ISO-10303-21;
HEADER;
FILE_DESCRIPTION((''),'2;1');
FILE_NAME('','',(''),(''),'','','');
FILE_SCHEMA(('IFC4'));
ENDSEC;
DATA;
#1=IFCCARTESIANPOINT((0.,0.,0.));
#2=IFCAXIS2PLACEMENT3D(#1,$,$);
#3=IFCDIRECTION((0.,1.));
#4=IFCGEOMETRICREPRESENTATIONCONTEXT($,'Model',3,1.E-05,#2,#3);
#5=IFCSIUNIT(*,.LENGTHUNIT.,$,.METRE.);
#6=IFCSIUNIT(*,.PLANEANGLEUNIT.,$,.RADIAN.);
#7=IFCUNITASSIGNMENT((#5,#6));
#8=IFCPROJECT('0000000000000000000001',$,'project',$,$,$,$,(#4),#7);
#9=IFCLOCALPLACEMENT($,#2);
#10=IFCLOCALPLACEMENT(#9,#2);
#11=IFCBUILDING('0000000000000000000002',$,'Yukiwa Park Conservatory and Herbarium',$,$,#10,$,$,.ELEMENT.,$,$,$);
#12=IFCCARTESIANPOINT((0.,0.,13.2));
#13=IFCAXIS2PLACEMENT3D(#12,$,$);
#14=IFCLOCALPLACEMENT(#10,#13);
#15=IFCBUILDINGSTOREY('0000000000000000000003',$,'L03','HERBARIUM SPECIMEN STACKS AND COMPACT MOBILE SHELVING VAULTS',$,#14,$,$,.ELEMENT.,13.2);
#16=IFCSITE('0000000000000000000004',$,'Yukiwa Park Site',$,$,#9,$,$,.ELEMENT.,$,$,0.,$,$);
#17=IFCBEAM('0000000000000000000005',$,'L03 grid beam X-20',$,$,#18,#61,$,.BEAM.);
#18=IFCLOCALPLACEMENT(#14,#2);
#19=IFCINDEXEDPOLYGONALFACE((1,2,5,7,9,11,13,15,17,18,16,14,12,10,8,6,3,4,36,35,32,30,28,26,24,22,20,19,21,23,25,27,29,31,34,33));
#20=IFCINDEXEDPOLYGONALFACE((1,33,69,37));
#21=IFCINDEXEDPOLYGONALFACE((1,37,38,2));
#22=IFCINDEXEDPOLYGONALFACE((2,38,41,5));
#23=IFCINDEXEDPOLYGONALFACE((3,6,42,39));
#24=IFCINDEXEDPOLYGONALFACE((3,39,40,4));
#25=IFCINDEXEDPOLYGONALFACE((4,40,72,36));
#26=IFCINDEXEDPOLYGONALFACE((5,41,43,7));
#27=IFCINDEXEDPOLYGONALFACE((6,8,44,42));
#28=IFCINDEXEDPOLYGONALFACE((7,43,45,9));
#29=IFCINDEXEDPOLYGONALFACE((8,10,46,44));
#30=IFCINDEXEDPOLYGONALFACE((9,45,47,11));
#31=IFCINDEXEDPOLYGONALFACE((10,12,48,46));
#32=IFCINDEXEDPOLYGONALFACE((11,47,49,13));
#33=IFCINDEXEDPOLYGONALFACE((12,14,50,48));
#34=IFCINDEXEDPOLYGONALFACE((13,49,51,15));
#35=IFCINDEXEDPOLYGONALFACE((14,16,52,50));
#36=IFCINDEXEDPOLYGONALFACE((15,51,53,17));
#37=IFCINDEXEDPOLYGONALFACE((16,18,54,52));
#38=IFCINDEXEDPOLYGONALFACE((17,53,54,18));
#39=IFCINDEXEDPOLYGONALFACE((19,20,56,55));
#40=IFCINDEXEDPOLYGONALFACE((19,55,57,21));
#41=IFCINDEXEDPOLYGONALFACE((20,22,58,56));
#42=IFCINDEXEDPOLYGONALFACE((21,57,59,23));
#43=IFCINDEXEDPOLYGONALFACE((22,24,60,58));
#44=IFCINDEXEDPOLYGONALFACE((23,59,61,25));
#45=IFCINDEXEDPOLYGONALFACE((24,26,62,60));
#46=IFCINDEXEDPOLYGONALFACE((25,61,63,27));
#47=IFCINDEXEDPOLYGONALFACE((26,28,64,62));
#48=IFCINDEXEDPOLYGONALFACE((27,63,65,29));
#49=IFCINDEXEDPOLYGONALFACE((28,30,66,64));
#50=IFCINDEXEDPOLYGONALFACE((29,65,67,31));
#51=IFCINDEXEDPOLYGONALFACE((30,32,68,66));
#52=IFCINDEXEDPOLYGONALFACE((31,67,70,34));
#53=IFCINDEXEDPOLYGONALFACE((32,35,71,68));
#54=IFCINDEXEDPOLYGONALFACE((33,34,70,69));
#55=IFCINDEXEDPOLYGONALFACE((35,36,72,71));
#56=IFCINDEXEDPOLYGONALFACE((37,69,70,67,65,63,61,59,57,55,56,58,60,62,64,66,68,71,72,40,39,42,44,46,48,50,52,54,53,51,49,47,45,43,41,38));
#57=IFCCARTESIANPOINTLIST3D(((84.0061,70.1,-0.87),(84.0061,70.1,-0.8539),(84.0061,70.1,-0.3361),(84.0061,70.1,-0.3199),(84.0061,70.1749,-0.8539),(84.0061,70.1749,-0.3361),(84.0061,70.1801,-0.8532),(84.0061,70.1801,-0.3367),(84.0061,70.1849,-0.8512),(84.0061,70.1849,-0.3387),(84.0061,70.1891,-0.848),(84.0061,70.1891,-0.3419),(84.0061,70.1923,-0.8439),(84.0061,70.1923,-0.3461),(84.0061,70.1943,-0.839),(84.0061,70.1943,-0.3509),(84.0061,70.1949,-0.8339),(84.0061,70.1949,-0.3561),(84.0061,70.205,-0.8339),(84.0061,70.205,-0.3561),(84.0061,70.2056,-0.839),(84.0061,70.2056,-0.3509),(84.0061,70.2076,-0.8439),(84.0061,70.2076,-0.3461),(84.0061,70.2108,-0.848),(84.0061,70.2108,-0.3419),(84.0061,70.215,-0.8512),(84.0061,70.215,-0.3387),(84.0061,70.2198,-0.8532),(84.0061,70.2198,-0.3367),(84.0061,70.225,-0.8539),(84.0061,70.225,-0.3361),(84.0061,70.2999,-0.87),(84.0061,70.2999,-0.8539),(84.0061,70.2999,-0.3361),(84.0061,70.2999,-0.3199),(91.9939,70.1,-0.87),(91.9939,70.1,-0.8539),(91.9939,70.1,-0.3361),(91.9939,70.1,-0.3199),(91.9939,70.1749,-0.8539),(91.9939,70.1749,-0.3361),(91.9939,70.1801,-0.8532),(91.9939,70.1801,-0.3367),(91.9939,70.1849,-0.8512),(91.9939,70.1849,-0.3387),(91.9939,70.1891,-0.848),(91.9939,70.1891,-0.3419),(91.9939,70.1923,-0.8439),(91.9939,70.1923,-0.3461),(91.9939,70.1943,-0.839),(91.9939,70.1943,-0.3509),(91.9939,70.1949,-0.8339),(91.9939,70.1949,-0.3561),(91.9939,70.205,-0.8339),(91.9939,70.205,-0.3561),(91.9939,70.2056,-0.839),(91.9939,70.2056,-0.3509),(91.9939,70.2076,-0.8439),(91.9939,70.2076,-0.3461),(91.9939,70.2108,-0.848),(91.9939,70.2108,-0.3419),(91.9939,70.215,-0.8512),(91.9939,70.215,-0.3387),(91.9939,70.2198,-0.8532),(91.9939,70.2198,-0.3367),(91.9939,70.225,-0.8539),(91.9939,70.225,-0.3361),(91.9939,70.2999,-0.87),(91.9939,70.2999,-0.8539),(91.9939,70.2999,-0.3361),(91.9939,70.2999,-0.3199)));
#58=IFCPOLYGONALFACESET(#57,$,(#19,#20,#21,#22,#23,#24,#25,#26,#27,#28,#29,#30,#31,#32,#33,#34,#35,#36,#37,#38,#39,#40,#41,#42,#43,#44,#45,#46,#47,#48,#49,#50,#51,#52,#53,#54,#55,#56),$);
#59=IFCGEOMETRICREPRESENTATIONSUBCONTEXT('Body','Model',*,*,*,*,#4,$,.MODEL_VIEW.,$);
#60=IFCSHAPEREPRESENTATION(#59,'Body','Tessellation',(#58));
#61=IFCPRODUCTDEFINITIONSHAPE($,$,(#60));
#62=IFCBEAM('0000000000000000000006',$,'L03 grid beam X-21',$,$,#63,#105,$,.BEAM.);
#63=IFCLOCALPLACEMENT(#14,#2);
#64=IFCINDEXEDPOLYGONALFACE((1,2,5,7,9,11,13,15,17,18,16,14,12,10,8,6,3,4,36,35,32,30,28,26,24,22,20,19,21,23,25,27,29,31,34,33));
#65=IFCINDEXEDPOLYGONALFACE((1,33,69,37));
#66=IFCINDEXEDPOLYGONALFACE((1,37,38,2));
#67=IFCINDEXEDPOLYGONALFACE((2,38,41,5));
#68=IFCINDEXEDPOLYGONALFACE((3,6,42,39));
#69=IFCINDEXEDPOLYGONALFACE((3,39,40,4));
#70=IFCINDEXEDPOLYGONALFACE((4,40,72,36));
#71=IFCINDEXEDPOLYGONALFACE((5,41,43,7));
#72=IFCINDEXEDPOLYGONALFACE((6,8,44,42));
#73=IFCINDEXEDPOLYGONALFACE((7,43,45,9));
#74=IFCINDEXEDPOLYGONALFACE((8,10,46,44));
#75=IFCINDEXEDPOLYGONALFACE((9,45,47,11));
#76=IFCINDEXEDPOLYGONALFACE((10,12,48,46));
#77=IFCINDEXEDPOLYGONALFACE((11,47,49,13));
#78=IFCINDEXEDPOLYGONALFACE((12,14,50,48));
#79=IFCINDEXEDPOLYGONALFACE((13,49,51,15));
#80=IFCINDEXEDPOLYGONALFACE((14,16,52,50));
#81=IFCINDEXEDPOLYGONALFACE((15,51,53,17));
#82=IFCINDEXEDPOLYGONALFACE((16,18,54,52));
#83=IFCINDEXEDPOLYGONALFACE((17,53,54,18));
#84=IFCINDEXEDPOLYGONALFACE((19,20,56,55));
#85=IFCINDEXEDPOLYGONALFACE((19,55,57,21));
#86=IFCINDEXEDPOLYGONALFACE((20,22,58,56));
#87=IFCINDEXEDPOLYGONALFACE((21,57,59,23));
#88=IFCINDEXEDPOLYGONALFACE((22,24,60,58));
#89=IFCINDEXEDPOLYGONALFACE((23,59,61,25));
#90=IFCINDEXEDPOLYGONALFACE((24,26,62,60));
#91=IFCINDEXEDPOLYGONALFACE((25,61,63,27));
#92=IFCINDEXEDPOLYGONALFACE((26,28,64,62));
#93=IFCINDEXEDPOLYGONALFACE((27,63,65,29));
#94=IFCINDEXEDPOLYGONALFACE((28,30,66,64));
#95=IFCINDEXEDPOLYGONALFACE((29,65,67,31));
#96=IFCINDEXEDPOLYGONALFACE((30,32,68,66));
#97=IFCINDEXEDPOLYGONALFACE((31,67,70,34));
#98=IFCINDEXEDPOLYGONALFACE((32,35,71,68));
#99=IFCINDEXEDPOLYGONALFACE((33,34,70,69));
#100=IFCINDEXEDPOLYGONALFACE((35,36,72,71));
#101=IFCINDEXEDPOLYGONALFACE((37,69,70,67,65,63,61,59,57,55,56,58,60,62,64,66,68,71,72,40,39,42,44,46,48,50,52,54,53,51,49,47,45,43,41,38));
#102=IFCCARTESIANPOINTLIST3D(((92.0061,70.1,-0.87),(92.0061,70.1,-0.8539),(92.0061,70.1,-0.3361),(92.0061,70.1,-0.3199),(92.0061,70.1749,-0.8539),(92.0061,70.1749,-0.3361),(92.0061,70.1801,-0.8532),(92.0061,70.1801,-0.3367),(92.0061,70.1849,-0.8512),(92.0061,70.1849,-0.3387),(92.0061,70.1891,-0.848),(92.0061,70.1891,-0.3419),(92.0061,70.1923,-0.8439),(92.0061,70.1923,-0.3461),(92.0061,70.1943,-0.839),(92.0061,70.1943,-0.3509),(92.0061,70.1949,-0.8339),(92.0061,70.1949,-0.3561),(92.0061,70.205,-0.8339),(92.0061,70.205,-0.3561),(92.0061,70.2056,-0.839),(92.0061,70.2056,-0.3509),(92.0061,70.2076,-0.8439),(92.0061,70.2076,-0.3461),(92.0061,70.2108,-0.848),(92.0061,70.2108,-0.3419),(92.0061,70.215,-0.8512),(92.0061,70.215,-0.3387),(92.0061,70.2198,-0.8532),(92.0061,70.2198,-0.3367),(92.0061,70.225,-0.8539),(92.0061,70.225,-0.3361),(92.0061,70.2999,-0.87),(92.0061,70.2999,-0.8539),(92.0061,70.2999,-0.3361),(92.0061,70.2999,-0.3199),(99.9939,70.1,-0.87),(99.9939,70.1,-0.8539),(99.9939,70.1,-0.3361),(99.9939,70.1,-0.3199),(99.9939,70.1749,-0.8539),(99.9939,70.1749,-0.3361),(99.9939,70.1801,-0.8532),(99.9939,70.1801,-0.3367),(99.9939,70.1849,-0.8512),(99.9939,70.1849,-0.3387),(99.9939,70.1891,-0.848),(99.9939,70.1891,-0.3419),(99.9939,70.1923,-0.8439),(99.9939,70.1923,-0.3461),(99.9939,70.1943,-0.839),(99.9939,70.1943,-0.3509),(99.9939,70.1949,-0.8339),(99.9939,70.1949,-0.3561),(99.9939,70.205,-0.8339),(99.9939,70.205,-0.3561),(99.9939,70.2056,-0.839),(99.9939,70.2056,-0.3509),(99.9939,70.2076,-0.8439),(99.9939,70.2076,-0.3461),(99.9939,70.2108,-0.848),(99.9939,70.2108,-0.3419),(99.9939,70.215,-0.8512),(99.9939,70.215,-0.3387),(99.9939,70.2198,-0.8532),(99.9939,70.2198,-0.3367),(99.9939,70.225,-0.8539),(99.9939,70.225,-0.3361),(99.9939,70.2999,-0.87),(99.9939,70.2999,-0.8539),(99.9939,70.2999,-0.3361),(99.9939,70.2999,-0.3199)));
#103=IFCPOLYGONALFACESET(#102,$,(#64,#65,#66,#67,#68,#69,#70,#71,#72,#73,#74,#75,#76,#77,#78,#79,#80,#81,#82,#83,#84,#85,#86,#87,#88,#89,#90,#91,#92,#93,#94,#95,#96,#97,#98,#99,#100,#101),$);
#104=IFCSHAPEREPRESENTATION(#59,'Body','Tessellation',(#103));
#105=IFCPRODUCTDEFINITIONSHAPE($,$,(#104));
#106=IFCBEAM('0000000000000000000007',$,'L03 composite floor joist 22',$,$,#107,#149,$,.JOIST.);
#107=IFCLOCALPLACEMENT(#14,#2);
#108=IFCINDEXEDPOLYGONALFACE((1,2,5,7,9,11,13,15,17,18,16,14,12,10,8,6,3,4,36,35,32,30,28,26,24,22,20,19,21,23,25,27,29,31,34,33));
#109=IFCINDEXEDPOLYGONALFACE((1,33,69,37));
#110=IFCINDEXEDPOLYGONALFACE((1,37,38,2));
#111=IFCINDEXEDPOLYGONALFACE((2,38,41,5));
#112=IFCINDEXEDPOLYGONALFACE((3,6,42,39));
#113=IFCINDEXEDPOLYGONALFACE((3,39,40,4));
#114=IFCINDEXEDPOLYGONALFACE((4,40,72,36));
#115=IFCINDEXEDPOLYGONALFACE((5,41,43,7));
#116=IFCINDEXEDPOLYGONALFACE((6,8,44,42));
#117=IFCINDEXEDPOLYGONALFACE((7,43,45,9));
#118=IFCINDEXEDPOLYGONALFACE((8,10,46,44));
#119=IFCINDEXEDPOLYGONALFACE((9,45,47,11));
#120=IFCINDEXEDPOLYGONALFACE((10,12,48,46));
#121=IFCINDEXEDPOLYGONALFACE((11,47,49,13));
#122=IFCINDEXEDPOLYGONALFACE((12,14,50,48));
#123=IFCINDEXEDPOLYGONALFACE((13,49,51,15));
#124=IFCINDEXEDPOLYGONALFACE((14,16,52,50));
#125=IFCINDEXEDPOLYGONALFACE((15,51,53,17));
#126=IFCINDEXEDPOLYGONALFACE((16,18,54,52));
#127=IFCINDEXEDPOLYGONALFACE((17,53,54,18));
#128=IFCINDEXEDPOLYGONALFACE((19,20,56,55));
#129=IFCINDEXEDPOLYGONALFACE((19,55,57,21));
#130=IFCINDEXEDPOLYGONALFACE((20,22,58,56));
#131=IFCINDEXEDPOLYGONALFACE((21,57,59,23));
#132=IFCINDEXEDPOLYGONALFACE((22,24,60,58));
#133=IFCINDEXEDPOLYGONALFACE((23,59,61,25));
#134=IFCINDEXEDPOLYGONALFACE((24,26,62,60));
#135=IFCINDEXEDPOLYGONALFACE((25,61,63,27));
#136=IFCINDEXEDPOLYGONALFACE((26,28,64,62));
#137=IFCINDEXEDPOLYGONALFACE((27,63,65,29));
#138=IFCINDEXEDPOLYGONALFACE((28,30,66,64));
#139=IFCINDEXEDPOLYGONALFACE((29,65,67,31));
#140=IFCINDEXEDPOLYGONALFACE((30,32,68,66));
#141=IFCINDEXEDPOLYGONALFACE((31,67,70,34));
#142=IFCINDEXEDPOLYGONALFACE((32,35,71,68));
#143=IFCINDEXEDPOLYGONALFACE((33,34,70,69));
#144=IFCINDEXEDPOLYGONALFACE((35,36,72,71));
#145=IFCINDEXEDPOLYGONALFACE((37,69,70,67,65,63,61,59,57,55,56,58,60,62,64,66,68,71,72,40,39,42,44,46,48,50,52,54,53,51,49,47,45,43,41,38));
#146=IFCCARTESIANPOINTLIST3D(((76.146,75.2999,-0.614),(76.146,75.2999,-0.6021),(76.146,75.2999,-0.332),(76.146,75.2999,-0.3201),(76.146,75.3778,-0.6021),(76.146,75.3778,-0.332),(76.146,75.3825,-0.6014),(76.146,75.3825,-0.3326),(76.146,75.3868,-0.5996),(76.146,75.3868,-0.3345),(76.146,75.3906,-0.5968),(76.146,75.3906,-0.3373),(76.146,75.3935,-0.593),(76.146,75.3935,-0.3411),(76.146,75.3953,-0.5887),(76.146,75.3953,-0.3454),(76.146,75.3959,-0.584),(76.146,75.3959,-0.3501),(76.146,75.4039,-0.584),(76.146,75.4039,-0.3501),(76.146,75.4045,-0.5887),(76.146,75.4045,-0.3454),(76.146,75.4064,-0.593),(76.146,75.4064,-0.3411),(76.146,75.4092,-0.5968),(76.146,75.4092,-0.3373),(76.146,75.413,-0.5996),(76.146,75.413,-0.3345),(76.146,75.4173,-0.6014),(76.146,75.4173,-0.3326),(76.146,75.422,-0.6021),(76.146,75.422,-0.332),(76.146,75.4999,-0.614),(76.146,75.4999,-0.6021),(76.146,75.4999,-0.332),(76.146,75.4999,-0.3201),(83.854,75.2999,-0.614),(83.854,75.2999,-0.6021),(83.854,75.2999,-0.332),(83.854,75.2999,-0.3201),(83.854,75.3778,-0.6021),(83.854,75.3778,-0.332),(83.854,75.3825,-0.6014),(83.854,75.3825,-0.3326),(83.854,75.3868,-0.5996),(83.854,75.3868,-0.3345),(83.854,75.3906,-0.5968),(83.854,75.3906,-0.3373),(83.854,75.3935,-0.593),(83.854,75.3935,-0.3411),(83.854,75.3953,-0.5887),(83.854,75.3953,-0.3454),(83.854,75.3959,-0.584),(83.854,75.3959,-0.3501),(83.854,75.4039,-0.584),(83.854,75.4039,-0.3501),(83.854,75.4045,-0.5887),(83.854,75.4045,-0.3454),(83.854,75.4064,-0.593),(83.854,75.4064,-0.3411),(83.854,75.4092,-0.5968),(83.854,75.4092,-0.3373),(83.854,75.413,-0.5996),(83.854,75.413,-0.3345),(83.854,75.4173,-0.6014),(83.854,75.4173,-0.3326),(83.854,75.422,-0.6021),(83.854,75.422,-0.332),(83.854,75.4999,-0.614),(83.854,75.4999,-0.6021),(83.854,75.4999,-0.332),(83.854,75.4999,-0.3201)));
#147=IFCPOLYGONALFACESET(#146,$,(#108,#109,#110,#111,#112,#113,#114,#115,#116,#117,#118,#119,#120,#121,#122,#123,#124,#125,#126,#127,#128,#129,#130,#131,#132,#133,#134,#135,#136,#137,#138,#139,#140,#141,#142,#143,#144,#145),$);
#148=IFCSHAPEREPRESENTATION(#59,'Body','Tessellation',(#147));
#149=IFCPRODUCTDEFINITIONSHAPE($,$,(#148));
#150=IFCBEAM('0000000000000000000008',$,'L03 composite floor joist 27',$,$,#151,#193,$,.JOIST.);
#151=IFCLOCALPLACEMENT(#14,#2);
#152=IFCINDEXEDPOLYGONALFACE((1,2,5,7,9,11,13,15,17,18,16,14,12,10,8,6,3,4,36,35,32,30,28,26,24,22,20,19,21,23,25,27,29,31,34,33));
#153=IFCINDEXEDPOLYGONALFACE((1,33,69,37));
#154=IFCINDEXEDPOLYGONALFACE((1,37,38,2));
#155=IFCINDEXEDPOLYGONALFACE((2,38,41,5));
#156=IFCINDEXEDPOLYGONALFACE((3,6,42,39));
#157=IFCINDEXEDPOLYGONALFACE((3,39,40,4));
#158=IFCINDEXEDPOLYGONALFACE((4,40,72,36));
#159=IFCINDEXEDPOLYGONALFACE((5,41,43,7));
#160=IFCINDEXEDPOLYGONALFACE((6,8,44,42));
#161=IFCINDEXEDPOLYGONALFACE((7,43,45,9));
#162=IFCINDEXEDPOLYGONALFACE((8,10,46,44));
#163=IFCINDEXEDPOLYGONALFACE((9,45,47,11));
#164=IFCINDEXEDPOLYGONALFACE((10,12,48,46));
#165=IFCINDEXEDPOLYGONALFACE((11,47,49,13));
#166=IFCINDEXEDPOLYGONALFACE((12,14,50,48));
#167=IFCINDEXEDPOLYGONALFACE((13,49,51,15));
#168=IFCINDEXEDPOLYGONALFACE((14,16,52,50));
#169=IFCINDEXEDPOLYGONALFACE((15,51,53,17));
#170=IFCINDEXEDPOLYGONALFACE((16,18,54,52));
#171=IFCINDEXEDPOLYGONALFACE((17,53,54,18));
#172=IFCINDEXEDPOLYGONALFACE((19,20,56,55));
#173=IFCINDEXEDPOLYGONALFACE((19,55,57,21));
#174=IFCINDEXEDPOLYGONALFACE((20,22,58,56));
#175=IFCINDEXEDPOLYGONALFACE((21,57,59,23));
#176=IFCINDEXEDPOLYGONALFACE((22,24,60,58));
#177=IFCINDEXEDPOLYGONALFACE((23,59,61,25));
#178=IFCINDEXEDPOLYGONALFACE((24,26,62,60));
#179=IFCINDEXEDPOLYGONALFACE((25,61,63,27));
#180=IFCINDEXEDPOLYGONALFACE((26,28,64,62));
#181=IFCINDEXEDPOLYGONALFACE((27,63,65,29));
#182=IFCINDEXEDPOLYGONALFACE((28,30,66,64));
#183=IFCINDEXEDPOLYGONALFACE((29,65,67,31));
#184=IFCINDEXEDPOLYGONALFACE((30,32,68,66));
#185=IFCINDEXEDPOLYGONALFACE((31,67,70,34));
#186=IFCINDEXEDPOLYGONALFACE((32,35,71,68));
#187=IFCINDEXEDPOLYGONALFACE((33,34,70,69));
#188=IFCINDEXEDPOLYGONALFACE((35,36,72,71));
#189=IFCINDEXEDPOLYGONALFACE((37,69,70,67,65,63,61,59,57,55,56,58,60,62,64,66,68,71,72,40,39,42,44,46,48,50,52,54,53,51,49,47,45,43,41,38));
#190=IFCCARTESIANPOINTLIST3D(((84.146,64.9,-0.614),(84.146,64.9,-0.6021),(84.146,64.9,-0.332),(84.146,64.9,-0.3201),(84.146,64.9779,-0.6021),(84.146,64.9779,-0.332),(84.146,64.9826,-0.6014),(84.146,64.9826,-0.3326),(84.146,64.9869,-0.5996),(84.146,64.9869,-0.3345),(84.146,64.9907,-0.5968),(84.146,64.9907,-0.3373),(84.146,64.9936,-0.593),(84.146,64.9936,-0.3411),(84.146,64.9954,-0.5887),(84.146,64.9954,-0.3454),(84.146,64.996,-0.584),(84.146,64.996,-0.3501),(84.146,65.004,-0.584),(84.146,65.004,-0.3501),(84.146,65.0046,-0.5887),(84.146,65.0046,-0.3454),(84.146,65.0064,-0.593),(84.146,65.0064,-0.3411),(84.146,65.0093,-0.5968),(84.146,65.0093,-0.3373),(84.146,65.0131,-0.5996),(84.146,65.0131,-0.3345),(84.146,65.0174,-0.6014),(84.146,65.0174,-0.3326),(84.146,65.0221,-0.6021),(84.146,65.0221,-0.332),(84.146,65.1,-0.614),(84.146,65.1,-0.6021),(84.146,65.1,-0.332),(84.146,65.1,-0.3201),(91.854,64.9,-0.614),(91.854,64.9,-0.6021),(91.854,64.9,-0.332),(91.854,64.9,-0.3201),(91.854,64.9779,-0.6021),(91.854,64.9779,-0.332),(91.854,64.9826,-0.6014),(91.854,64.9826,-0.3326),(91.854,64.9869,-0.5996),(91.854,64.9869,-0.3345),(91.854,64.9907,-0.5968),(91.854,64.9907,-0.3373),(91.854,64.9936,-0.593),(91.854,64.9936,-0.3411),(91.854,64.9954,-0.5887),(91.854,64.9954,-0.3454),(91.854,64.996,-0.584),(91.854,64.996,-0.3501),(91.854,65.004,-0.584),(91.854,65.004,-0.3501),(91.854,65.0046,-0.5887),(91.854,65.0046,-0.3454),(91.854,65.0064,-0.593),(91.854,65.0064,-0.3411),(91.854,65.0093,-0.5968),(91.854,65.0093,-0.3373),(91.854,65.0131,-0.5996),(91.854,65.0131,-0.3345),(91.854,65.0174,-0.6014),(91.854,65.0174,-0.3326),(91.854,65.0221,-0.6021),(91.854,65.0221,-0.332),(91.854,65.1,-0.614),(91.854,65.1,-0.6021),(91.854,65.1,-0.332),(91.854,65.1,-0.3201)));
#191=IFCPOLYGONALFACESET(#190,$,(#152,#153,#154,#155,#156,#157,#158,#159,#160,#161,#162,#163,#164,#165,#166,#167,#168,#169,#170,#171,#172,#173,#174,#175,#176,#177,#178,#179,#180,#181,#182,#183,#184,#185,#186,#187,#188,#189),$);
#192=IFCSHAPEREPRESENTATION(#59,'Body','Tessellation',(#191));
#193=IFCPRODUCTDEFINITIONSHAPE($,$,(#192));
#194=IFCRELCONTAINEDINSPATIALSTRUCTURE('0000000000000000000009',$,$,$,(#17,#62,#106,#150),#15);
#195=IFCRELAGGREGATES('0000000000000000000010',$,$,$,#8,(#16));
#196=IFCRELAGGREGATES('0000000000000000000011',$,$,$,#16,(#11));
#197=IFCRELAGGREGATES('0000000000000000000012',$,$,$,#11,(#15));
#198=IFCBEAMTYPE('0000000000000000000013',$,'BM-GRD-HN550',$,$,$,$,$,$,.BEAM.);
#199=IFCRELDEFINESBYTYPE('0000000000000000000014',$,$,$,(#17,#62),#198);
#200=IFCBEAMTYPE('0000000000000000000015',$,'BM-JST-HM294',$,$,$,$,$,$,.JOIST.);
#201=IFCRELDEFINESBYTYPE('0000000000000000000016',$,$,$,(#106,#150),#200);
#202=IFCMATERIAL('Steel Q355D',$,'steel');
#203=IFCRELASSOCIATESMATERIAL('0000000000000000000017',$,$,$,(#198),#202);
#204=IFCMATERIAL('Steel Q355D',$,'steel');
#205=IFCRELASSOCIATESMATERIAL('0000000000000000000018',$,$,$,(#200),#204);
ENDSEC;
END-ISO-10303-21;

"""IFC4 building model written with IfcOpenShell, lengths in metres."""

from ifc_helpers import new_model, si_unit, direction, frame, origin, origin_2d, place, context, subcontext, project, spatial, i_section, extrude, material, material_profile, profile_set, type_object, element, save


model = new_model("IFC4")

# Units and contexts
model_context = context("Model", 3, precision=1e-05, world=origin(), true_north=direction((0.0, 1.0)))
body_context = subcontext(model_context, "Body", "Model", "MODEL_VIEW")
ifc_project = project(units=[si_unit("LENGTHUNIT", "METRE"), si_unit("PLANEANGLEUNIT", "RADIAN")], contexts=[model_context])

# Site, building, storey
site_placement = place(None, origin())
site = spatial("IfcSite", under=ifc_project, at=site_placement, Name="Yukiwa Park Site", CompositionType="ELEMENT", RefElevation=0.0)
building_placement = place(site_placement, origin())
building = spatial("IfcBuilding", under=site, at=building_placement, Name="Yukiwa Park Conservatory and Herbarium", CompositionType="ELEMENT")
storey_placement = place(building_placement, frame((0.0, 0.0, 13.2)))
storey = spatial("IfcBuildingStorey", under=building, at=storey_placement, Name="L03", Description="HERBARIUM SPECIMEN STACKS AND COMPACT MOBILE SHELVING VAULTS", CompositionType="ELEMENT", Elevation=13.2)

# Beams
ifc_material_1 = material(Name="Steel Q355D", Category="steel")
ifc_material_profile_1 = material_profile(ifc_material_1, i_section(OverallWidth=0.2, OverallDepth=0.55, WebThickness=0.01, FlangeThickness=0.0161, FilletRadius=0.02, at=origin_2d()), Name="HN 550x200x10x16")
ifc_profile_set_1 = profile_set([ifc_material_profile_1], Name="Steel Q355D")
beam_type_1 = type_object("IfcBeamType", Name="BM-GRD-HN550", PredefinedType="BEAM", material=ifc_profile_set_1)
for number, where, z_axis, x_axis, name in (
    (1, (84.0061, 70.2, -0.595), (1.0, 0.0, 0.0), (0.0, 1.0, 0.0), "L03 grid beam X-20"),
    (2, (92.0061, 70.2, -0.595), (1.0, 0.0, 0.0), (0.0, 1.0, 0.0), "L03 grid beam X-21"),
):
    element("IfcBeam", number, at=place(storey_placement, frame(where, z_axis=z_axis, x_axis=x_axis)), inside=storey, type_object=beam_type_1, Name=name, PredefinedType="BEAM", context=body_context, shape_type="SweptSolid", body=[
        extrude(i_section(OverallWidth=0.2, OverallDepth=0.55, WebThickness=0.01, FlangeThickness=0.0161, FilletRadius=0.02, at=origin_2d()), origin(), (0.0, 0.0, 1.0), 7.9878),
    ])
ifc_material_2 = material(Name="Steel Q355D", Category="steel")
ifc_material_profile_2 = material_profile(ifc_material_2, i_section(OverallWidth=0.2, OverallDepth=0.2939, WebThickness=0.0081, FlangeThickness=0.012, FilletRadius=0.0181, at=origin_2d()), Name="HM 294x200x8x12")
ifc_profile_set_2 = profile_set([ifc_material_profile_2], Name="Steel Q355D")
beam_type_2 = type_object("IfcBeamType", Name="BM-JST-HM294", PredefinedType="JOIST", material=ifc_profile_set_2)
for number, where, z_axis, x_axis, name in (
    (3, (76.146, 75.3999, -0.467), (1.0, 0.0, 0.0), (0.0, 1.0, 0.0), "L03 composite floor joist 22"),
    (4, (84.146, 65.0, -0.467), (1.0, 0.0, 0.0), (0.0, 1.0, 0.0), "L03 composite floor joist 27"),
):
    element("IfcBeam", number, at=place(storey_placement, frame(where, z_axis=z_axis, x_axis=x_axis)), inside=storey, type_object=beam_type_2, Name=name, PredefinedType="JOIST", context=body_context, shape_type="SweptSolid", body=[
        extrude(i_section(OverallWidth=0.2, OverallDepth=0.2939, WebThickness=0.0081, FlangeThickness=0.012, FilletRadius=0.0181, at=origin_2d()), origin(), (0.0, 0.0, 1.0), 7.708),
    ])

save(model, "model.ifc")
